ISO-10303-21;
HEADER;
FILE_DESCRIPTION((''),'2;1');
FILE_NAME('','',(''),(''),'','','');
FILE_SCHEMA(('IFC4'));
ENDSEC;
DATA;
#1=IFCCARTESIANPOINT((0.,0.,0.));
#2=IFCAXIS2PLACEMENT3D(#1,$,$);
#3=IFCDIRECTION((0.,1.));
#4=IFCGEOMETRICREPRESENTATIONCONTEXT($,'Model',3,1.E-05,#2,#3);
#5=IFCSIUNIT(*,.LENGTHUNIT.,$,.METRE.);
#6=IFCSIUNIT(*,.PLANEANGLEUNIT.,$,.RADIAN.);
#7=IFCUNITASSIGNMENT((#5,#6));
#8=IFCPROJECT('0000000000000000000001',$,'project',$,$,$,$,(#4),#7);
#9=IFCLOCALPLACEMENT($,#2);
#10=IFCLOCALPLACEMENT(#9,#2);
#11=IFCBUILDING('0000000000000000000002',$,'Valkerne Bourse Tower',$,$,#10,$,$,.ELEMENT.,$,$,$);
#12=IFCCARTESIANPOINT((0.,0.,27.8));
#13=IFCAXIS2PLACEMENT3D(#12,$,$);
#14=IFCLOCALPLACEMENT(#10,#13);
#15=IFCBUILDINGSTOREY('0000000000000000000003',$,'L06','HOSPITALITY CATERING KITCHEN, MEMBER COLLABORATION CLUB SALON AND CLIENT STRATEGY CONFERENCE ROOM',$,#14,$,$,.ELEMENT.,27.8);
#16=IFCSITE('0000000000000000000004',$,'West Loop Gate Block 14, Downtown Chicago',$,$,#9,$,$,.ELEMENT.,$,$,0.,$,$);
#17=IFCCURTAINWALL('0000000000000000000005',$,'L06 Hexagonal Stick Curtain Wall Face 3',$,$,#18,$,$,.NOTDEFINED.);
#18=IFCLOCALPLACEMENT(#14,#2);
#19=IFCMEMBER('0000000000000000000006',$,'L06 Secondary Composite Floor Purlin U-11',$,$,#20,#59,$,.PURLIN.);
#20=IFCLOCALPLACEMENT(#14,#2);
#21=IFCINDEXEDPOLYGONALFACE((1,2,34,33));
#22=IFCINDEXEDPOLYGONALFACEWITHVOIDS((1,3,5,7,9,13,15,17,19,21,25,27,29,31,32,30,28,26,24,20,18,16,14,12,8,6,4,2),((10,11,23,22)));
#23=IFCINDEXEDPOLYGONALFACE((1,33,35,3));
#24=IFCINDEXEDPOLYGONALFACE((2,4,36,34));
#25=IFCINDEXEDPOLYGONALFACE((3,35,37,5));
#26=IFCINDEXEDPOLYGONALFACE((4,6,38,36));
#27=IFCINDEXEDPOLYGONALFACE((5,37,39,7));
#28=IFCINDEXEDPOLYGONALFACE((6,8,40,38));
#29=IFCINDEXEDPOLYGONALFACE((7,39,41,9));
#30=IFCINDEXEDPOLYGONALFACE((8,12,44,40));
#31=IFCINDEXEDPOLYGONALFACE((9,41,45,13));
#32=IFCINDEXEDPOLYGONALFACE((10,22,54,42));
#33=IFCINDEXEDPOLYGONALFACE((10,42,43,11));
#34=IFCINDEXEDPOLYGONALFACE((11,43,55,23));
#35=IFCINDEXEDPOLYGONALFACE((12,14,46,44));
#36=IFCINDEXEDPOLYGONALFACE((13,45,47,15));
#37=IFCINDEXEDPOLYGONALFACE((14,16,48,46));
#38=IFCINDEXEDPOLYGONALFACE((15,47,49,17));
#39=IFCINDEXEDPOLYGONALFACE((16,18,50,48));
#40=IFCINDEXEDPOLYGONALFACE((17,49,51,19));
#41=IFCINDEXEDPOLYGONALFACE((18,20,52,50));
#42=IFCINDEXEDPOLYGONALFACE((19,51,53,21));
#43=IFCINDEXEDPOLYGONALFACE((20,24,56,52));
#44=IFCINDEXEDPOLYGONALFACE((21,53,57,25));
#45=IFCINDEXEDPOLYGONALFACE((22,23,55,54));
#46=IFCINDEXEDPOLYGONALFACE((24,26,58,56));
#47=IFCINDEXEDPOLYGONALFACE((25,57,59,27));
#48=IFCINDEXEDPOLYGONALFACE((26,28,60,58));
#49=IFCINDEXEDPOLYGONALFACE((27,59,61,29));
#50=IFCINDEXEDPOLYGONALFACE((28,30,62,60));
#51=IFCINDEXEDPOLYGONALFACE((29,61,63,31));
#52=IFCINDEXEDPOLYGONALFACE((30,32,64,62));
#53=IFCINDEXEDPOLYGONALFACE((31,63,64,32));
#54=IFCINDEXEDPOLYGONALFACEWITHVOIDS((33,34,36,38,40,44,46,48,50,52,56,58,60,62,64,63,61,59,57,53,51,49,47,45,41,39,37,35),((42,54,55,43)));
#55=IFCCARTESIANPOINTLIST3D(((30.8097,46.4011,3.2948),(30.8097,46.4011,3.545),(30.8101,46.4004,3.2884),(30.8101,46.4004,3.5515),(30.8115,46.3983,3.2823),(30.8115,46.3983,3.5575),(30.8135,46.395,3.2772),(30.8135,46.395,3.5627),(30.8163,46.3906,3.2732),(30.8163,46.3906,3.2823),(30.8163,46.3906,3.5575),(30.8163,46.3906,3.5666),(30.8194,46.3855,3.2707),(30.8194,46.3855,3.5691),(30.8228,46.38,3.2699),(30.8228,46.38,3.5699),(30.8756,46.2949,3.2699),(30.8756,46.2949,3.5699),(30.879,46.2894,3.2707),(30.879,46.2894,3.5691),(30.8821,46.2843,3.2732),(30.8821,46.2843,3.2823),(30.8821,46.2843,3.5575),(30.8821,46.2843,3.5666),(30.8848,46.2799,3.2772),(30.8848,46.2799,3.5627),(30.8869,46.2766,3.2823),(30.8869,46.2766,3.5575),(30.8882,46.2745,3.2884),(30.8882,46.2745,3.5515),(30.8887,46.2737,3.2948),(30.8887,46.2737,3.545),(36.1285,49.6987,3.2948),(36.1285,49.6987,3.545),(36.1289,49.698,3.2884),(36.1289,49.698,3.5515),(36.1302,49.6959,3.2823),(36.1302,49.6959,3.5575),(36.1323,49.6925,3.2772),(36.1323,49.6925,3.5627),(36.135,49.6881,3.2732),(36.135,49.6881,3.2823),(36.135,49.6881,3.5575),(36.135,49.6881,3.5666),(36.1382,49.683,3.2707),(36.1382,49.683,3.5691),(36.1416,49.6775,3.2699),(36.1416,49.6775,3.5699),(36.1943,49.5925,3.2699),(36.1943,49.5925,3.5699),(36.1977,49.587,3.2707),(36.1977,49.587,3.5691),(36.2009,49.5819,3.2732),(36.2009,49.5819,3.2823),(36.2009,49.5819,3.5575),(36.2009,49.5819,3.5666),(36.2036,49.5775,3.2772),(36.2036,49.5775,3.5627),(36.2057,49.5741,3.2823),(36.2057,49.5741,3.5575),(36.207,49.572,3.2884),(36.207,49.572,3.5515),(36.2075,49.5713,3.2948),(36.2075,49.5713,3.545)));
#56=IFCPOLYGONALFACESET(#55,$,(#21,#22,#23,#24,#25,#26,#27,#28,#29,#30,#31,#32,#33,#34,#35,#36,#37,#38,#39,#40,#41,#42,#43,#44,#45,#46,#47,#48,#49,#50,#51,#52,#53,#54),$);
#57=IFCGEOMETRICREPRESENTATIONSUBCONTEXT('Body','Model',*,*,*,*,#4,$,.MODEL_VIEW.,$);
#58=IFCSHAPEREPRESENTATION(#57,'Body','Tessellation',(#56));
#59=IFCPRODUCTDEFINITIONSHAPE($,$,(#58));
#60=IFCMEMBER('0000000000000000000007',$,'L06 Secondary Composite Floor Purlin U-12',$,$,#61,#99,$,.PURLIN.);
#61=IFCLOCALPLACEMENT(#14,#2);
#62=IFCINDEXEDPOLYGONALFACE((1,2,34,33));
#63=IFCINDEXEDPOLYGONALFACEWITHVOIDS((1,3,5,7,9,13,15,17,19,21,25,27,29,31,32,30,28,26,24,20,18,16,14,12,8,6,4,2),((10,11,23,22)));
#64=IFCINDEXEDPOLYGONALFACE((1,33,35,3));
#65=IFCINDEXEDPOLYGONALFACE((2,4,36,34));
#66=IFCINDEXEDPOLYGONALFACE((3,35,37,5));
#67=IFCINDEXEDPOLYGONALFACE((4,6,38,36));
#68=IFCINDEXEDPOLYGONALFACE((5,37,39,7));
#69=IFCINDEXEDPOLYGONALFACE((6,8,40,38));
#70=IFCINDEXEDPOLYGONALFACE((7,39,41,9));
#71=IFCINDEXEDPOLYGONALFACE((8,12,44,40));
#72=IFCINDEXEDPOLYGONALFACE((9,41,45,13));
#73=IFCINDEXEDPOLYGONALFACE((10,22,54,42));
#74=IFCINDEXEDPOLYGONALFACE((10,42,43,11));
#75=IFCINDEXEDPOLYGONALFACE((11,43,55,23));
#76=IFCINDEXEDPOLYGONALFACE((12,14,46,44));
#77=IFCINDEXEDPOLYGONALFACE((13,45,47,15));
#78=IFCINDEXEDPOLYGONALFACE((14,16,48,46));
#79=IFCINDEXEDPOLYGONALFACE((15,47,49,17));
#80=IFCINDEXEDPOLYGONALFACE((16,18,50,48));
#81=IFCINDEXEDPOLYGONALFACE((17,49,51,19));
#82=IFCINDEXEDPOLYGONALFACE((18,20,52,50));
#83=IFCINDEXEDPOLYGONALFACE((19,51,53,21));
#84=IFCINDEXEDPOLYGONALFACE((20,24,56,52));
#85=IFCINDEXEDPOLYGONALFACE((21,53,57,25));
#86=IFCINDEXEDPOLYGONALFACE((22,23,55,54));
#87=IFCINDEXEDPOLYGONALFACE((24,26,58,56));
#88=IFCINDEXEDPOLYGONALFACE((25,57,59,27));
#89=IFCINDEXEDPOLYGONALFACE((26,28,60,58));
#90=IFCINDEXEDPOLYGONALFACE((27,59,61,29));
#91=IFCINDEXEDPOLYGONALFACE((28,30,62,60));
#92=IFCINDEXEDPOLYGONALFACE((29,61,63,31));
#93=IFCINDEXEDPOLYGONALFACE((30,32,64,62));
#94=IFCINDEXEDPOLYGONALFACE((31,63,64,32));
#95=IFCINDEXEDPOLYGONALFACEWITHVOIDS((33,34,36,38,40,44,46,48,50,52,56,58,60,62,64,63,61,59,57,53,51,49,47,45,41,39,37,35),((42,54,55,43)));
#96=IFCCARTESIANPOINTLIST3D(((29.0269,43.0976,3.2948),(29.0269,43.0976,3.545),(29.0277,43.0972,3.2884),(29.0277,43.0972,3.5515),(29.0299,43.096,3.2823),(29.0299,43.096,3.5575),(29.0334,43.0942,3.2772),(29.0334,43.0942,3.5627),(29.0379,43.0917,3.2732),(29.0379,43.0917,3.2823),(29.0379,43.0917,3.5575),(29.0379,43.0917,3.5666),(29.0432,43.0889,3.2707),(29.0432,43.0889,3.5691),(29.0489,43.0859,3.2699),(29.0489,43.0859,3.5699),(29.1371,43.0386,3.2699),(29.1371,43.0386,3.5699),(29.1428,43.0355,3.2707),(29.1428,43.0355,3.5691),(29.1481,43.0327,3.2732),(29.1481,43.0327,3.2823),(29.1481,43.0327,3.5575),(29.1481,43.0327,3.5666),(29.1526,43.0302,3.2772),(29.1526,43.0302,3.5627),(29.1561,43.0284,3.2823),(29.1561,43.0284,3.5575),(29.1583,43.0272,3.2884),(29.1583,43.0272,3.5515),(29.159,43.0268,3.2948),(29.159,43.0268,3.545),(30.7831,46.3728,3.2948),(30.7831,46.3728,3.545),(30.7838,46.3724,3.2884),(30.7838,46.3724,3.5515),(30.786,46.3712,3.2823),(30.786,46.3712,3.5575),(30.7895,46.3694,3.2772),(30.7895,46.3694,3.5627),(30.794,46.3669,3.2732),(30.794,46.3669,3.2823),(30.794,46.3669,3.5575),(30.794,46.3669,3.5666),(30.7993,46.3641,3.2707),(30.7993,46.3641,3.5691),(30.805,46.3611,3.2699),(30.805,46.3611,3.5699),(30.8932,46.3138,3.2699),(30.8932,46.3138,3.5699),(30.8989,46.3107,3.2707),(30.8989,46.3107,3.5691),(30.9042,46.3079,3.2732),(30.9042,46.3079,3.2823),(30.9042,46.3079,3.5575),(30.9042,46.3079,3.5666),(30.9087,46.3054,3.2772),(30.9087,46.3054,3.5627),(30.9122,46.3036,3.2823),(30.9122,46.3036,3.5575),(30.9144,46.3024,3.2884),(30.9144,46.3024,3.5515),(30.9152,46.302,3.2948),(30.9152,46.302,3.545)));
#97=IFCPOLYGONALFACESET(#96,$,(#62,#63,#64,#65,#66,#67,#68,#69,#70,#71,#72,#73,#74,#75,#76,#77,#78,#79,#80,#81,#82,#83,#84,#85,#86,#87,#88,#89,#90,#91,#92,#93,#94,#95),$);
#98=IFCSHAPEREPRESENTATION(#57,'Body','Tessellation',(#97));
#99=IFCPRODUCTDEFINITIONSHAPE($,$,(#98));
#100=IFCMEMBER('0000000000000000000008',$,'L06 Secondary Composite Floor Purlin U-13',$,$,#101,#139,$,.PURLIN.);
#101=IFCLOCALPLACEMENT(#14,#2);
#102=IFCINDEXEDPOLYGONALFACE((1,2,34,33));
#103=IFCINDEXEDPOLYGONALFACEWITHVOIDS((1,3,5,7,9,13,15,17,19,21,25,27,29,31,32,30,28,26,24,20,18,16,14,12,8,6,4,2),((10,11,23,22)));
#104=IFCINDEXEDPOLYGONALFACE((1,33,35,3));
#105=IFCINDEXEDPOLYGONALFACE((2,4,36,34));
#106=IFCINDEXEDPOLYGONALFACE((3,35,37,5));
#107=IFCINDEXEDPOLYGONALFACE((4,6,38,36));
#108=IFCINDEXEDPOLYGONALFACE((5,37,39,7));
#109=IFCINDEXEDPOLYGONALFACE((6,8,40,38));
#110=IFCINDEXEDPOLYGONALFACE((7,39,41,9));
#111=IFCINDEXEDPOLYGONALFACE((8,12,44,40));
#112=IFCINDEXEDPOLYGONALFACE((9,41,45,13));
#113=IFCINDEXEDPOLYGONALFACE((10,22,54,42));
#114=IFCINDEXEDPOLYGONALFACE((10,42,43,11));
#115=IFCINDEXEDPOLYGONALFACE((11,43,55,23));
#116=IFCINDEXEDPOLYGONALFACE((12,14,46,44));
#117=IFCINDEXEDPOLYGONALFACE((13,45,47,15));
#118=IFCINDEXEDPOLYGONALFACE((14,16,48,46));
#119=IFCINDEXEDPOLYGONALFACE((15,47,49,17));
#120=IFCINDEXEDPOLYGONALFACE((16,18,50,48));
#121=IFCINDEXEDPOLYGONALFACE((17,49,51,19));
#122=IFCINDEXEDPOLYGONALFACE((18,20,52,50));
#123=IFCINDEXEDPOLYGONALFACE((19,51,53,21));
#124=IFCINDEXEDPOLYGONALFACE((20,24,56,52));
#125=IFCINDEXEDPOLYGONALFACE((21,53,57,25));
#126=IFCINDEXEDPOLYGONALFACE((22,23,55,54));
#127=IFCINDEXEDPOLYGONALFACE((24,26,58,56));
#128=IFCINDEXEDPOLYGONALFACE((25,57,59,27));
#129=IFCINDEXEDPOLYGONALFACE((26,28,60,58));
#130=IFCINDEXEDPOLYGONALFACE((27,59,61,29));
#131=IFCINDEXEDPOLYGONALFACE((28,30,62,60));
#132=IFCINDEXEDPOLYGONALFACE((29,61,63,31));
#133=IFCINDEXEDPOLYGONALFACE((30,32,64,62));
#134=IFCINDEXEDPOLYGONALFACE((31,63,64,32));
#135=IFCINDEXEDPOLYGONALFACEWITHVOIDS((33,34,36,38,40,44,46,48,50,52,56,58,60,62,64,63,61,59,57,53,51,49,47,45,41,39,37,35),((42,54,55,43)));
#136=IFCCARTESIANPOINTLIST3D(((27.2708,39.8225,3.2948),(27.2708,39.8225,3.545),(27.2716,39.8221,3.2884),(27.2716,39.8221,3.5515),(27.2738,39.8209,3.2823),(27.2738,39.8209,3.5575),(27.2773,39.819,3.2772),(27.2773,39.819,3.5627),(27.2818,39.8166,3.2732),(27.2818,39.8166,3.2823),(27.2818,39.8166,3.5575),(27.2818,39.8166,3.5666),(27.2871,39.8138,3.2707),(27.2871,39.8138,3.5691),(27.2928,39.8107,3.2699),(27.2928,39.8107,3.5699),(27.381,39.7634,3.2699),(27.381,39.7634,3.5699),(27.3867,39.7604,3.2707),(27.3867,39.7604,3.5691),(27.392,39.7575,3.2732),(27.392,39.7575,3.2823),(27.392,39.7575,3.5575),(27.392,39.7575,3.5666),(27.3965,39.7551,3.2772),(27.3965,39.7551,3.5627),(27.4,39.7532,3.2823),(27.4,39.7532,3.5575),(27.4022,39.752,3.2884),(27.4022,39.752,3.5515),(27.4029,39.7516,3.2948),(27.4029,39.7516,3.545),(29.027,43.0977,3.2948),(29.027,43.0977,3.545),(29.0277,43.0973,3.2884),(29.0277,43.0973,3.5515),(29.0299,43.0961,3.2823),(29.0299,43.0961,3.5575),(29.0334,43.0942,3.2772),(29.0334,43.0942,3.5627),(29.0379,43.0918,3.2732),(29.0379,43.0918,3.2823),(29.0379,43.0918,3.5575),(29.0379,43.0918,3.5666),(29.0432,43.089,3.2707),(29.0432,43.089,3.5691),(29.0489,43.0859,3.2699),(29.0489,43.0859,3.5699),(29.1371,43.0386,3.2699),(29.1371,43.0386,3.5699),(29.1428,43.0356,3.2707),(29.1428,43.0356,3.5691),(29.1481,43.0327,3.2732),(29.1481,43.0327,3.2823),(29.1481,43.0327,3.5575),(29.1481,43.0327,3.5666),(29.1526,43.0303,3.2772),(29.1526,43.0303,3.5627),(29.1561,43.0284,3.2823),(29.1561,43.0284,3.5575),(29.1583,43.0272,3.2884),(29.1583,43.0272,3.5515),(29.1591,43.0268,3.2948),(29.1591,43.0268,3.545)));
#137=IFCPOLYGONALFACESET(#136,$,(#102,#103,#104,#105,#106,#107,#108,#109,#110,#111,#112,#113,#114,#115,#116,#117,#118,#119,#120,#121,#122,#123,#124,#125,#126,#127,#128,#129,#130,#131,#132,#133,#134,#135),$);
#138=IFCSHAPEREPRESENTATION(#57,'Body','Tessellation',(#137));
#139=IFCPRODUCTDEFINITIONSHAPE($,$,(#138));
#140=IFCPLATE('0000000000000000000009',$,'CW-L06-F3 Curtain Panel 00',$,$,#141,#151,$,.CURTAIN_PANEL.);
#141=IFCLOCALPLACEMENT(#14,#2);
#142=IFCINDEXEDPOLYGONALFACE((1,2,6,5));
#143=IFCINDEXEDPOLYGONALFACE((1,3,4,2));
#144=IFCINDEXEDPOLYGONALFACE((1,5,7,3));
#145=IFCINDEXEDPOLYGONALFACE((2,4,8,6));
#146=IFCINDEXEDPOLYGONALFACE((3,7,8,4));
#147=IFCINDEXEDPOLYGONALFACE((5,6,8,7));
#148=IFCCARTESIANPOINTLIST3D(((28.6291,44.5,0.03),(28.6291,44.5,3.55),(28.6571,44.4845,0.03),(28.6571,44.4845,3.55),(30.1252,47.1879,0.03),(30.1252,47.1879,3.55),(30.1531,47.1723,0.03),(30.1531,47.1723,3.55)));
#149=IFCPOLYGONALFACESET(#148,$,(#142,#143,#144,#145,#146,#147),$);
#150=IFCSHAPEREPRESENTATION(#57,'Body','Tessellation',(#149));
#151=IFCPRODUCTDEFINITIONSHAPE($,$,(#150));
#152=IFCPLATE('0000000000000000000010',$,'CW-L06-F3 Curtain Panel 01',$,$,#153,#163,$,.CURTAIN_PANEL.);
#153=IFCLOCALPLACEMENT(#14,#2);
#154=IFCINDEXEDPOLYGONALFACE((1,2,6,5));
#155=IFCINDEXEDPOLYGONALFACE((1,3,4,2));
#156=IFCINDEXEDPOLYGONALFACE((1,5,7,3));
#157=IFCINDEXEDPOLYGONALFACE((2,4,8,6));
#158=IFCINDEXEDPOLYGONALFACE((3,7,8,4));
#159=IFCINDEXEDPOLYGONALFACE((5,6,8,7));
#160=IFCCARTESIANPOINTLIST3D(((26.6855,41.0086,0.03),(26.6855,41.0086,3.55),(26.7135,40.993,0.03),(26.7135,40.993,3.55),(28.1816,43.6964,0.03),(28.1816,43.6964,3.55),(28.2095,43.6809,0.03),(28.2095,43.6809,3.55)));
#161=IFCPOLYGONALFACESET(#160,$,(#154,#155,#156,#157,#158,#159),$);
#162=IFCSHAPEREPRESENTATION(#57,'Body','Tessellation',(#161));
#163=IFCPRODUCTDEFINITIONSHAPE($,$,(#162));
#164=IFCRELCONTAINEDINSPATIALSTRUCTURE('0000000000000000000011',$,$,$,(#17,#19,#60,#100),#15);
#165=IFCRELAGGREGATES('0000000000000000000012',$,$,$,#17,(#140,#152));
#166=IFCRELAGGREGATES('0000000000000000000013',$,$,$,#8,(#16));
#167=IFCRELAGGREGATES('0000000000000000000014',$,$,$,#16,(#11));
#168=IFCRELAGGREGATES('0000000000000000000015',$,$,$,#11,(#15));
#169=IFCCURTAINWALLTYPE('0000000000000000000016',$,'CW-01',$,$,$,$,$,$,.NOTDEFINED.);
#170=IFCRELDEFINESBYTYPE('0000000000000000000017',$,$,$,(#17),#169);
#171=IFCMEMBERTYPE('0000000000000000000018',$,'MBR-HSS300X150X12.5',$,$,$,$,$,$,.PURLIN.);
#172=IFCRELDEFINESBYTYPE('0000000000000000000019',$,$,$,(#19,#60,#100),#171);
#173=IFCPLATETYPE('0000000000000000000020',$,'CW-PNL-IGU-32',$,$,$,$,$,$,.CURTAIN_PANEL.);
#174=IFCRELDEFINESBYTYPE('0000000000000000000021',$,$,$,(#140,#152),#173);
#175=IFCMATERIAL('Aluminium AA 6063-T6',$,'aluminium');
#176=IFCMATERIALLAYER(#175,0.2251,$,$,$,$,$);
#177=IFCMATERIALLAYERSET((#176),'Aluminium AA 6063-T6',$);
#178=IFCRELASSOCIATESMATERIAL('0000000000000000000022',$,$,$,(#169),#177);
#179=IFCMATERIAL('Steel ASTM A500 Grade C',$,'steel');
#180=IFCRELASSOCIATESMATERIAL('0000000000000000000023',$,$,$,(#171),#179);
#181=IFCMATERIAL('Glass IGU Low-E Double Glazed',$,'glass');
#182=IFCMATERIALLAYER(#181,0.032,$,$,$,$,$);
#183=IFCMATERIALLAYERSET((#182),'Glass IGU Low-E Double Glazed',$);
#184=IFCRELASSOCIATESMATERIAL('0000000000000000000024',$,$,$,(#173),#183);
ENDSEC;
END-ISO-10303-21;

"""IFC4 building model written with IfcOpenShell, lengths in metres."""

from ifc_helpers import new_model, si_unit, direction, frame, origin, origin_2d, place, context, subcontext, project, spatial, rectangle, hollow_rectangle, extrude, material, layer, layer_set, material_profile, profile_set, type_object, element, aggregate, save


model = new_model("IFC4")

# Units and contexts
model_context = context("Model", 3, precision=1e-05, world=origin(), true_north=direction((0.0, 1.0)))
body_context = subcontext(model_context, "Body", "Model", "MODEL_VIEW")
ifc_project = project(units=[si_unit("LENGTHUNIT", "METRE"), si_unit("PLANEANGLEUNIT", "RADIAN")], contexts=[model_context])

# Site, building, storey
site_placement = place(None, origin())
site = spatial("IfcSite", under=ifc_project, at=site_placement, Name="West Loop Gate Block 14, Downtown Chicago", CompositionType="ELEMENT", RefElevation=0.0)
building_placement = place(site_placement, origin())
building = spatial("IfcBuilding", under=site, at=building_placement, Name="Valkerne Bourse Tower", CompositionType="ELEMENT")
storey_placement = place(building_placement, frame((0.0, 0.0, 27.8)))
storey = spatial("IfcBuildingStorey", under=building, at=storey_placement, Name="L06", Description="HOSPITALITY CATERING KITCHEN, MEMBER COLLABORATION CLUB SALON AND CLIENT STRATEGY CONFERENCE ROOM", CompositionType="ELEMENT", Elevation=27.8)

# Shared definitions
ifc_material_1 = material(Name="Aluminium AA 6063-T6", Category="aluminium")
ifc_layer_1 = layer(ifc_material_1, 0.2251)
ifc_layer_set_1 = layer_set([ifc_layer_1], Name="Aluminium AA 6063-T6")
curtain_wall_type = type_object("IfcCurtainWallType", Name="CW-01", PredefinedType="NOTDEFINED", material=ifc_layer_set_1)

# Curtain wall
curtain_wall_1_placement = place(storey_placement, origin())
curtain_wall_1 = element("IfcCurtainWall", 1, at=curtain_wall_1_placement, inside=storey, type_object=curtain_wall_type, Name="L06 Hexagonal Stick Curtain Wall Face 3", PredefinedType="NOTDEFINED")

# Members
ifc_material_2 = material(Name="Steel ASTM A500 Grade C", Category="steel")
ifc_material_profile_1 = material_profile(ifc_material_2, hollow_rectangle(XDim=0.1499, YDim=0.3, WallThickness=0.0125, OuterFilletRadius=0.0249, at=origin_2d()), Name="HSS300X150X12.5")
ifc_profile_set_1 = profile_set([ifc_material_profile_1], Name="Steel ASTM A500 Grade C")
member_type_1 = type_object("IfcMemberType", Name="MBR-HSS300X150X12.5", PredefinedType="PURLIN", material=ifc_profile_set_1)
member_1_placement = place(storey_placement, frame((36.168, 49.635, 3.4199), z_axis=(-0.849908, -0.526931, 0.0), x_axis=(0.526931, -0.849908, 0.0)))
element("IfcMember", 2, at=member_1_placement, inside=storey, type_object=member_type_1, Name="L06 Secondary Composite Floor Purlin U-11", PredefinedType="PURLIN", context=body_context, shape_type="SweptSolid", body=[
    extrude(hollow_rectangle(XDim=0.1499, YDim=0.3, WallThickness=0.0125, OuterFilletRadius=0.0249, at=origin_2d()), origin(), (0.0, 0.0, 1.0), 6.2581),
])
for number, where, z_axis, x_axis, name in (
    (3, (30.8491, 46.3374, 3.4199), (-0.472548, -0.881305, 0.0), (0.881305, -0.472548, 0.0), "L06 Secondary Composite Floor Purlin U-12"),
    (4, (29.093, 43.0623, 3.4199), (-0.472548, -0.881305, 0.0), (0.881305, -0.472548, 0.0), "L06 Secondary Composite Floor Purlin U-13"),
):
    element("IfcMember", number, at=place(storey_placement, frame(where, z_axis=z_axis, x_axis=x_axis)), inside=storey, type_object=member_type_1, Name=name, PredefinedType="PURLIN", context=body_context, shape_type="SweptSolid", body=[
        extrude(hollow_rectangle(XDim=0.1499, YDim=0.3, WallThickness=0.0125, OuterFilletRadius=0.0249, at=origin_2d()), origin(), (0.0, 0.0, 1.0), 3.7163),
    ])

# Plates
ifc_material_3 = material(Name="Glass IGU Low-E Double Glazed", Category="glass")
ifc_layer_2 = layer(ifc_material_3, 0.032)
ifc_layer_set_2 = layer_set([ifc_layer_2], Name="Glass IGU Low-E Double Glazed")
plate_type = type_object("IfcPlateType", Name="CW-PNL-IGU-32", PredefinedType="CURTAIN_PANEL", material=ifc_layer_set_2)
plate_1_placement = place(storey_placement, frame((29.3911, 45.8362, 0.03), z_axis=(0.0, 0.0, 1.0), x_axis=(-0.486335, -0.873772, 0.0)))
plate_1 = element("IfcPlate", 5, at=plate_1_placement, type_object=plate_type, Name="CW-L06-F3 Curtain Panel 00", PredefinedType="CURTAIN_PANEL", context=body_context, shape_type="SweptSolid", body=[
    extrude(rectangle(XDim=3.0762, YDim=0.032, at=origin_2d()), origin(), (0.0, 0.0, 1.0), 3.52),
])
plate_2_placement = place(storey_placement, frame((27.4475, 42.3447, 0.03), z_axis=(0.0, 0.0, 1.0), x_axis=(-0.486335, -0.873772, 0.0)))
plate_2 = element("IfcPlate", 6, at=plate_2_placement, type_object=plate_type, Name="CW-L06-F3 Curtain Panel 01", PredefinedType="CURTAIN_PANEL", context=body_context, shape_type="SweptSolid", body=[
    extrude(rectangle(XDim=3.0762, YDim=0.032, at=origin_2d()), origin(), (0.0, 0.0, 1.0), 3.52),
])
aggregate(curtain_wall_1, [plate_1, plate_2])

save(model, "model.ifc")
